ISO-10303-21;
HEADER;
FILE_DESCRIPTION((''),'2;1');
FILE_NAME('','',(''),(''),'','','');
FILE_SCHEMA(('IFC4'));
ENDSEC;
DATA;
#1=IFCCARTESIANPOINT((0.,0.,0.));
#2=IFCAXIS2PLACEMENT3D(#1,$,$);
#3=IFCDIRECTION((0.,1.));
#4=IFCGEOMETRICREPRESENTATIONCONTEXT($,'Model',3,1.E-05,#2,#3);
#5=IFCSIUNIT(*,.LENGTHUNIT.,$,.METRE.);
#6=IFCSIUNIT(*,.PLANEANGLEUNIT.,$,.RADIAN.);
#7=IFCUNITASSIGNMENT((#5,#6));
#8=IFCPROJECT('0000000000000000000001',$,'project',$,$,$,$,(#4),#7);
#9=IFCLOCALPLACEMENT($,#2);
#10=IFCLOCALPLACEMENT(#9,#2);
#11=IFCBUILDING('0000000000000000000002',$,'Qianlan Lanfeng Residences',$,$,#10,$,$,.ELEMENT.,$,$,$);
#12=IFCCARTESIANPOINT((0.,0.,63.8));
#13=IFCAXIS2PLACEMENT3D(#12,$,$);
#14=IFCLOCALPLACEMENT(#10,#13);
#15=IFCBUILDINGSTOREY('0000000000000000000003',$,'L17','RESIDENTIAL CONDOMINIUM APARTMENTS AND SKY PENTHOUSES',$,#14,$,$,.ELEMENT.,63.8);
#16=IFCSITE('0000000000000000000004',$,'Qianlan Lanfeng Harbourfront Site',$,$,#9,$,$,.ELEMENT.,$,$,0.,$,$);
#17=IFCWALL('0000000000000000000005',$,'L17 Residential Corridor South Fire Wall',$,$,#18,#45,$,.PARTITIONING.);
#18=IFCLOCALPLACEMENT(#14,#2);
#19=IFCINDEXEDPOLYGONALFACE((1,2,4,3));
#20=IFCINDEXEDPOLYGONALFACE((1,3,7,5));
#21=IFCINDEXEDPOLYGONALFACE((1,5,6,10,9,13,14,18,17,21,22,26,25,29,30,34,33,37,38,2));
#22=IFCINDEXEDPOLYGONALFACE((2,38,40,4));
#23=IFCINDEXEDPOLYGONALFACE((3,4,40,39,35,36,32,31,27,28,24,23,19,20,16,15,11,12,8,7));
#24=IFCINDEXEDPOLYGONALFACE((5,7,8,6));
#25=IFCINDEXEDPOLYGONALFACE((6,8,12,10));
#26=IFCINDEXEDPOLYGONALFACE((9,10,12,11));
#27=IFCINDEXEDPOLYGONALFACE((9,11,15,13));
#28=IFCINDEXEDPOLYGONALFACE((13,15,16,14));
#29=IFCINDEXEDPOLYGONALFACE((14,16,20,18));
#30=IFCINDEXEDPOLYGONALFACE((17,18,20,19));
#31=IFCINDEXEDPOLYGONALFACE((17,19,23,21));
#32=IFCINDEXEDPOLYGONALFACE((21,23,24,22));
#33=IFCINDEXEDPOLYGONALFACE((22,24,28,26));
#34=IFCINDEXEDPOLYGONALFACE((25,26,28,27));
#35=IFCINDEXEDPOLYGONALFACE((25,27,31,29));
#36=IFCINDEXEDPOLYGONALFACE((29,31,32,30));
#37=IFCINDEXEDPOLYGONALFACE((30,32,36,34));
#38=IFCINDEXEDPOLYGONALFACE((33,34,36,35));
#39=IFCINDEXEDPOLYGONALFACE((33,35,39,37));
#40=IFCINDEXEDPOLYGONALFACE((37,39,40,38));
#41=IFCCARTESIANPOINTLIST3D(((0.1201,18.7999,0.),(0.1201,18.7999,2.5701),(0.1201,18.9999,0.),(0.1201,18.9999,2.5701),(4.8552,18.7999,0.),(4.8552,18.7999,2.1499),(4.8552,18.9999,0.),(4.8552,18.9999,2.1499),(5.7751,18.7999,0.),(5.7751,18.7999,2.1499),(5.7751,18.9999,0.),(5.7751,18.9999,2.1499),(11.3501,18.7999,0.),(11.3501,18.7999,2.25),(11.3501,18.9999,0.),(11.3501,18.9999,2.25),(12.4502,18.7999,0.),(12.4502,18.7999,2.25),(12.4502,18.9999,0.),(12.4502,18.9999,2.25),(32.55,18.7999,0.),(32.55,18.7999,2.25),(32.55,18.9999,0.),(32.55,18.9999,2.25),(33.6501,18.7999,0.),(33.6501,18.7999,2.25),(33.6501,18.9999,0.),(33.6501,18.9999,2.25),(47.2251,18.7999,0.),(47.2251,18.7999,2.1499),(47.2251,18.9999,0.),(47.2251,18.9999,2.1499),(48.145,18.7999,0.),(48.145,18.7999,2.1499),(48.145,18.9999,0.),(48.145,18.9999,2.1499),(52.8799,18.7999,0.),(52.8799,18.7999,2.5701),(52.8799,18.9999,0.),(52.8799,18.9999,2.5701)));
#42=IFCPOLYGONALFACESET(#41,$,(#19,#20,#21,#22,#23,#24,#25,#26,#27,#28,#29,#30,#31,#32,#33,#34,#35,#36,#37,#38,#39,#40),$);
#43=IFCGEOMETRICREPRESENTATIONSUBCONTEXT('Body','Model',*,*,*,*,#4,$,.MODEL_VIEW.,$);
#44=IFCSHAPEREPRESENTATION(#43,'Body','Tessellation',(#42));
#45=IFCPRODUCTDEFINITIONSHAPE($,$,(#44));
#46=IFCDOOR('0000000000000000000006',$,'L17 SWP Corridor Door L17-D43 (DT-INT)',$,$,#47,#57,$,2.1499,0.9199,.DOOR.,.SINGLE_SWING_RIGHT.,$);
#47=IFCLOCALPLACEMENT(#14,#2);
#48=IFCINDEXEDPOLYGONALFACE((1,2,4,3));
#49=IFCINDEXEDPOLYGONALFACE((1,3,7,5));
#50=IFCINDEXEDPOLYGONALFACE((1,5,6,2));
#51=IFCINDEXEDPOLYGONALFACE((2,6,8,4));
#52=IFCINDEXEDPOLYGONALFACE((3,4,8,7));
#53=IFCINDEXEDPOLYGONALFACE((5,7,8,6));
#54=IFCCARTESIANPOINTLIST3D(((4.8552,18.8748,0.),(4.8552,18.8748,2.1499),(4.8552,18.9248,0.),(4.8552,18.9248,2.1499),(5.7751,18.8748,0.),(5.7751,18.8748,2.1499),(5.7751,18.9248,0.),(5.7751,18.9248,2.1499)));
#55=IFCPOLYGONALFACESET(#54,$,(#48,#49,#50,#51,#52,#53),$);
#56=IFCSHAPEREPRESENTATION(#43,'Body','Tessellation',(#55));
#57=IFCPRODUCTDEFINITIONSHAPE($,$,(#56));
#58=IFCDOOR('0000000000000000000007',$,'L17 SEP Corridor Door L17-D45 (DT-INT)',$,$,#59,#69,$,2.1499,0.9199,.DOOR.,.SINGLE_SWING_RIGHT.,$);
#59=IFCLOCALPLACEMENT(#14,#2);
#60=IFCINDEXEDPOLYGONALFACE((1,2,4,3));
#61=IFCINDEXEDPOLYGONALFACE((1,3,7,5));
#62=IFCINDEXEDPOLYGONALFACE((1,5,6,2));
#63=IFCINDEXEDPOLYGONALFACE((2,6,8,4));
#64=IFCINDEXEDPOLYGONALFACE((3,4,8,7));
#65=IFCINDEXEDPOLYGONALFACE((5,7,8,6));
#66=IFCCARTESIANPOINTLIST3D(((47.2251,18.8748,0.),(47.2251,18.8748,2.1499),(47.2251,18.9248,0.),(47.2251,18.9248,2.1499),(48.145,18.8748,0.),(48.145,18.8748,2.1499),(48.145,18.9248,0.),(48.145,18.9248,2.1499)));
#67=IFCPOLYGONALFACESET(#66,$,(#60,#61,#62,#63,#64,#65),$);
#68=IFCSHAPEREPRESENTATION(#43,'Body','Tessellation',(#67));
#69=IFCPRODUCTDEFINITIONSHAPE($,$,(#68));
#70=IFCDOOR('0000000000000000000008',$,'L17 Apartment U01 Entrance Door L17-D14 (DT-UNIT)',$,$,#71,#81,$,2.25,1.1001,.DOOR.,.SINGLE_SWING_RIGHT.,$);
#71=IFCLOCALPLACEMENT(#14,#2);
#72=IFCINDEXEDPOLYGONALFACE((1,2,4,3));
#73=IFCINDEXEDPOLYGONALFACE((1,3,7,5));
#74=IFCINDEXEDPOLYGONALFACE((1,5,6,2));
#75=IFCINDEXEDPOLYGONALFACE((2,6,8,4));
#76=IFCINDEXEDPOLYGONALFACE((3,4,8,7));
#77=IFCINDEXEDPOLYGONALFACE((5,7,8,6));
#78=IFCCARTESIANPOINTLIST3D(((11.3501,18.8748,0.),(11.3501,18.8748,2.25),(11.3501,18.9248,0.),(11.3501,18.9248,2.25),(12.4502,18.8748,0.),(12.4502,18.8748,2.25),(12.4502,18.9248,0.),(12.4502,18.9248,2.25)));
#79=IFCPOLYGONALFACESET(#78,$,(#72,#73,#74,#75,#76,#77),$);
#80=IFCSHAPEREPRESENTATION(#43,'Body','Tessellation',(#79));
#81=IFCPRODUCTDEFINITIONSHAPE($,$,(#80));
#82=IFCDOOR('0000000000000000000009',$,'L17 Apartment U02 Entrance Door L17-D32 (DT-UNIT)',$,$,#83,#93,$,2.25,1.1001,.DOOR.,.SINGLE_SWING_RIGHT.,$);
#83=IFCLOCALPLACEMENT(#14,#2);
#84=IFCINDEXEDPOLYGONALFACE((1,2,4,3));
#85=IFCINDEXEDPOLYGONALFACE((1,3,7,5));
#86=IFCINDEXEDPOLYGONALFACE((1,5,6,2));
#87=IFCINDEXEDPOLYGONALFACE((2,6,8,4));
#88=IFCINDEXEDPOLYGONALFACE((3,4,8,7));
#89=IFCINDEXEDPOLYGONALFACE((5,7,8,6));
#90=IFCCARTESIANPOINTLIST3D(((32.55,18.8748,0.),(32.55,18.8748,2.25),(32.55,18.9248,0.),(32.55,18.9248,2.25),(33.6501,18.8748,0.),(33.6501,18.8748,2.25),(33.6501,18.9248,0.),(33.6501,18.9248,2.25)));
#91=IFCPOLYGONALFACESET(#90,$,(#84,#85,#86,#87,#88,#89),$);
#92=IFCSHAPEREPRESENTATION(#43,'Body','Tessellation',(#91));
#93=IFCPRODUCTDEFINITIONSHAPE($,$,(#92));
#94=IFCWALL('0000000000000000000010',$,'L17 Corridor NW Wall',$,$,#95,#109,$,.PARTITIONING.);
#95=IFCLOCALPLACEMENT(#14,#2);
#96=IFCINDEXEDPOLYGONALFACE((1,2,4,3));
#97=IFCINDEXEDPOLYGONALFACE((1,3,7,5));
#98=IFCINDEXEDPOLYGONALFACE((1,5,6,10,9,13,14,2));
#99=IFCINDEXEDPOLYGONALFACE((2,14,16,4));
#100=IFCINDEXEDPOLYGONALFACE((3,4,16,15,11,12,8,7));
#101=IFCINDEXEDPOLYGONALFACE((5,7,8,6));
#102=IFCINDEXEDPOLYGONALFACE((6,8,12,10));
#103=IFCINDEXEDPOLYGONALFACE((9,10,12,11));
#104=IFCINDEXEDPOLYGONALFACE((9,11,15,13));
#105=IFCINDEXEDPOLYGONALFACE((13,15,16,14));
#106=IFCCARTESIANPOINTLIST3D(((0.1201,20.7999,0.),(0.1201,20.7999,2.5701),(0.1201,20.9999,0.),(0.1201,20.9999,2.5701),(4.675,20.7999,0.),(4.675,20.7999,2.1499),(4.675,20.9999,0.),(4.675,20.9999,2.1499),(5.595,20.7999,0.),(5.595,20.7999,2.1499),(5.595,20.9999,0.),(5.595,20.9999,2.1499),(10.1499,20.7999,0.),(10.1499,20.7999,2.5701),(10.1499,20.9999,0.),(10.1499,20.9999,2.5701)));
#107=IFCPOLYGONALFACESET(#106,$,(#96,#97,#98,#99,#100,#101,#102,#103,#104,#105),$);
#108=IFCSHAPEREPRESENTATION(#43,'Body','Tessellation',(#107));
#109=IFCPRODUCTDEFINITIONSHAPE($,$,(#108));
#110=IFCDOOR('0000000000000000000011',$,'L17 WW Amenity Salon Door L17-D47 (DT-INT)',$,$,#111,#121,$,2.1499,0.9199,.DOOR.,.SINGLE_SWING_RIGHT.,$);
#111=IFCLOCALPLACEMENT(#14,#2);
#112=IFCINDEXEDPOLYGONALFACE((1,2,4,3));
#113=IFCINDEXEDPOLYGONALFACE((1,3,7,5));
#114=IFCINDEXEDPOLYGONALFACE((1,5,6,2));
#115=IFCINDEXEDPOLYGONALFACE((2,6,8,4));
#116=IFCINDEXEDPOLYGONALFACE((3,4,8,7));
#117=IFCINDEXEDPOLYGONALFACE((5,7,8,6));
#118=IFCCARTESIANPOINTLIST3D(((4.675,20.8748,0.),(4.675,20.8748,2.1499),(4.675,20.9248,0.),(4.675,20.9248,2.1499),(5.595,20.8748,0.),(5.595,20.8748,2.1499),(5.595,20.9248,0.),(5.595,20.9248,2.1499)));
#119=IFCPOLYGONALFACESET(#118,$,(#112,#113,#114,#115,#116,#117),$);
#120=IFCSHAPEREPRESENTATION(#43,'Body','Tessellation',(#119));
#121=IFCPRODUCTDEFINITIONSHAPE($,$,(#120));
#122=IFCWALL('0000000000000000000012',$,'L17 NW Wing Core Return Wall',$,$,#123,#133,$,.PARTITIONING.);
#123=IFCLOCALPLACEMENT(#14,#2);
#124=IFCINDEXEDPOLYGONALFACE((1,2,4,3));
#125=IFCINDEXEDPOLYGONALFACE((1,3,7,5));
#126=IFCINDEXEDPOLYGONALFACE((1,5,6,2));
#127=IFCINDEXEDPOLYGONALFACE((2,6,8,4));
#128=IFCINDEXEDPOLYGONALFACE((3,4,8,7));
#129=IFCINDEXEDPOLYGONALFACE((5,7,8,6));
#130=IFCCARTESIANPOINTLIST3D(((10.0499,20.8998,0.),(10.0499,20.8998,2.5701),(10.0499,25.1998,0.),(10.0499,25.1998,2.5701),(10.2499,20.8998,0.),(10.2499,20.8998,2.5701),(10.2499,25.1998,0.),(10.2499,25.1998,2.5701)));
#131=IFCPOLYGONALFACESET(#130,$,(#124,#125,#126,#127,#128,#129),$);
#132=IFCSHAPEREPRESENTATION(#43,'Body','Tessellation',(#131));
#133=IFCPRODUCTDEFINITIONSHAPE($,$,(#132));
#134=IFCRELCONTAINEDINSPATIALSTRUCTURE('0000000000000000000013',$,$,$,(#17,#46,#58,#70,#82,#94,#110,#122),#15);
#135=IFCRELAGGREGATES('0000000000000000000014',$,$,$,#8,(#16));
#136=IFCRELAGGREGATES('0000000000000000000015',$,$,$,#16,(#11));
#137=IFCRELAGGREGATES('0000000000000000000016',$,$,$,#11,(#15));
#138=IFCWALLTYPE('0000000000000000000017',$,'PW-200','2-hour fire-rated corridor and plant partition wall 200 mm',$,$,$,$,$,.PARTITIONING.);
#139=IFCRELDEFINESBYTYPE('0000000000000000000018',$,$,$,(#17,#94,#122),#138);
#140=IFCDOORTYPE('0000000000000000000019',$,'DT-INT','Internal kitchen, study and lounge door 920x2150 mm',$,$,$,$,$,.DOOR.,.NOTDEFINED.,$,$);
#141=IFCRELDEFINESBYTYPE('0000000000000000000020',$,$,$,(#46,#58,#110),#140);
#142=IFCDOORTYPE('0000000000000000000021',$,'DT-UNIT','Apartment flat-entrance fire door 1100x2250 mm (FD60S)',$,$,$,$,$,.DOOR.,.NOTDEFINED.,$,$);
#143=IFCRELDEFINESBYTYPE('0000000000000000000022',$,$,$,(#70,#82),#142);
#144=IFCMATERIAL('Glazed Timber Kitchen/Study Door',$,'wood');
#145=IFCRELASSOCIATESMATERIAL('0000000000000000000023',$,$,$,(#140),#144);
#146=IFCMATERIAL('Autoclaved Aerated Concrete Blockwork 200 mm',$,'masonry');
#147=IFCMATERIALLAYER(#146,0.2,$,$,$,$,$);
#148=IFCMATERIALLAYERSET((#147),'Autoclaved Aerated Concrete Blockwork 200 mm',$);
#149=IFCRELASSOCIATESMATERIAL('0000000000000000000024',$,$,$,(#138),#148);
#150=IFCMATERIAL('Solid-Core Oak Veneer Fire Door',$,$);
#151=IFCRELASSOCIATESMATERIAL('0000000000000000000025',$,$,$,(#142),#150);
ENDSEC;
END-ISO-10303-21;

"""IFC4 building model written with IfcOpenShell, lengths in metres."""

from ifc_helpers import new_model, si_unit, direction, frame, frame_2d, origin, place, context, subcontext, project, spatial, rectangle, extrude, material, layer, layer_set, type_object, element, fill, save


model = new_model("IFC4")

# Units and contexts
model_context = context("Model", 3, precision=1e-05, world=origin(), true_north=direction((0.0, 1.0)))
body_context = subcontext(model_context, "Body", "Model", "MODEL_VIEW")
ifc_project = project(units=[si_unit("LENGTHUNIT", "METRE"), si_unit("PLANEANGLEUNIT", "RADIAN")], contexts=[model_context])

# Site, building, storey
site_placement = place(None, origin())
site = spatial("IfcSite", under=ifc_project, at=site_placement, Name="Qianlan Lanfeng Harbourfront Site", CompositionType="ELEMENT", RefElevation=0.0)
building_placement = place(site_placement, origin())
building = spatial("IfcBuilding", under=site, at=building_placement, Name="Qianlan Lanfeng Residences", CompositionType="ELEMENT")
storey_placement = place(building_placement, frame((0.0, 0.0, 63.8)))
storey = spatial("IfcBuildingStorey", under=building, at=storey_placement, Name="L17", Description="RESIDENTIAL CONDOMINIUM APARTMENTS AND SKY PENTHOUSES", CompositionType="ELEMENT", Elevation=63.8)

# Shared definitions
ifc_material_1 = material(Name="Glazed Timber Kitchen/Study Door", Category="wood")
door_type_1 = type_object("IfcDoorType", Name="DT-INT", Description="Internal kitchen, study and lounge door 920x2150 mm", OperationType="NOTDEFINED", PredefinedType="DOOR", material=ifc_material_1)

# Wall, openings, doors
ifc_material_2 = material(Name="Autoclaved Aerated Concrete Blockwork 200 mm", Category="masonry")
ifc_layer_1 = layer(ifc_material_2, 0.2)
ifc_layer_set_1 = layer_set([ifc_layer_1], Name="Autoclaved Aerated Concrete Blockwork 200 mm")
wall_type_1 = type_object("IfcWallType", Name="PW-200", Description="2-hour fire-rated corridor and plant partition wall 200 mm", PredefinedType="PARTITIONING", material=ifc_layer_set_1)
wall_1_placement = place(storey_placement, frame((0.1201, 18.8999, 0.0), z_axis=(0.0, 0.0, 1.0), x_axis=(1.0, 0.0, 0.0)))
wall_1 = element("IfcWall", 1, at=wall_1_placement, inside=storey, type_object=wall_type_1, Name="L17 Residential Corridor South Fire Wall", PredefinedType="PARTITIONING", context=body_context, shape_type="SweptSolid", body=[
    extrude(rectangle(XDim=52.7598, YDim=0.2, at=frame_2d((26.3799, 0.0))), origin(), (0.0, 0.0, 1.0), 2.5701),
])
opening_1_placement = place(wall_1_placement, frame((11.23, 0.0, 0.0)))
opening_1 = element("IfcOpeningElement", 2, at=opening_1_placement, cuts=wall_1, PredefinedType="OPENING", context=body_context, shape_type="SweptSolid", body=[
    extrude(rectangle(XDim=1.1001, YDim=2.25, at=frame_2d((0.55, 1.125))), frame((0.0, 0.1099, 0.0), z_axis=(0.0, -1.0, 0.0), x_axis=(1.0, 0.0, 0.0)), (0.0, 0.0, 1.0), 0.22),
])
opening_2_placement = place(wall_1_placement, frame((32.4299, 0.0, 0.0)))
opening_2 = element("IfcOpeningElement", 3, at=opening_2_placement, cuts=wall_1, PredefinedType="OPENING", context=body_context, shape_type="SweptSolid", body=[
    extrude(rectangle(XDim=1.1001, YDim=2.25, at=frame_2d((0.55, 1.125))), frame((0.0, 0.1099, 0.0), z_axis=(0.0, -1.0, 0.0), x_axis=(1.0, 0.0, 0.0)), (0.0, 0.0, 1.0), 0.22),
])
opening_3_placement = place(wall_1_placement, frame((4.7351, 0.0, 0.0)))
opening_3 = element("IfcOpeningElement", 4, at=opening_3_placement, cuts=wall_1, PredefinedType="OPENING", context=body_context, shape_type="SweptSolid", body=[
    extrude(rectangle(XDim=0.9199, YDim=2.1499, at=frame_2d((0.46, 1.075))), frame((0.0, 0.1099, 0.0), z_axis=(0.0, -1.0, 0.0), x_axis=(1.0, 0.0, 0.0)), (0.0, 0.0, 1.0), 0.22),
])
opening_4_placement = place(wall_1_placement, frame((47.105, 0.0, 0.0)))
opening_4 = element("IfcOpeningElement", 5, at=opening_4_placement, cuts=wall_1, PredefinedType="OPENING", context=body_context, shape_type="SweptSolid", body=[
    extrude(rectangle(XDim=0.9199, YDim=2.1499, at=frame_2d((0.46, 1.075))), frame((0.0, 0.1099, 0.0), z_axis=(0.0, -1.0, 0.0), x_axis=(1.0, 0.0, 0.0)), (0.0, 0.0, 1.0), 0.22),
])
door_1_placement = place(opening_3_placement, origin())
door_1 = element("IfcDoor", 6, at=door_1_placement, inside=storey, type_object=door_type_1, Name="L17 SWP Corridor Door L17-D43 (DT-INT)", OperationType="SINGLE_SWING_RIGHT", OverallHeight=2.1499, OverallWidth=0.9199, PredefinedType="DOOR", context=body_context, shape_type="SweptSolid", body=[
    extrude(rectangle(XDim=0.9199, YDim=2.1499, at=frame_2d((0.46, 1.075))), frame((0.0, 0.0249, 0.0), z_axis=(0.0, -1.0, 0.0), x_axis=(1.0, 0.0, 0.0)), (0.0, 0.0, 1.0), 0.05),
])
fill(opening_3, door_1)
door_2_placement = place(opening_4_placement, origin())
door_2 = element("IfcDoor", 7, at=door_2_placement, inside=storey, type_object=door_type_1, Name="L17 SEP Corridor Door L17-D45 (DT-INT)", OperationType="SINGLE_SWING_RIGHT", OverallHeight=2.1499, OverallWidth=0.9199, PredefinedType="DOOR", context=body_context, shape_type="SweptSolid", body=[
    extrude(rectangle(XDim=0.9199, YDim=2.1499, at=frame_2d((0.46, 1.075))), frame((0.0, 0.0249, 0.0), z_axis=(0.0, -1.0, 0.0), x_axis=(1.0, 0.0, 0.0)), (0.0, 0.0, 1.0), 0.05),
])
fill(opening_4, door_2)
ifc_material_3 = material(Name="Solid-Core Oak Veneer Fire Door")
door_type_2 = type_object("IfcDoorType", Name="DT-UNIT", Description="Apartment flat-entrance fire door 1100x2250 mm (FD60S)", OperationType="NOTDEFINED", PredefinedType="DOOR", material=ifc_material_3)
door_3_placement = place(opening_1_placement, origin())
door_3 = element("IfcDoor", 8, at=door_3_placement, inside=storey, type_object=door_type_2, Name="L17 Apartment U01 Entrance Door L17-D14 (DT-UNIT)", OperationType="SINGLE_SWING_RIGHT", OverallHeight=2.25, OverallWidth=1.1001, PredefinedType="DOOR", context=body_context, shape_type="SweptSolid", body=[
    extrude(rectangle(XDim=1.1001, YDim=2.25, at=frame_2d((0.55, 1.125))), frame((0.0, 0.0249, 0.0), z_axis=(0.0, -1.0, 0.0), x_axis=(1.0, 0.0, 0.0)), (0.0, 0.0, 1.0), 0.05),
])
fill(opening_1, door_3)
door_4_placement = place(opening_2_placement, origin())
door_4 = element("IfcDoor", 9, at=door_4_placement, inside=storey, type_object=door_type_2, Name="L17 Apartment U02 Entrance Door L17-D32 (DT-UNIT)", OperationType="SINGLE_SWING_RIGHT", OverallHeight=2.25, OverallWidth=1.1001, PredefinedType="DOOR", context=body_context, shape_type="SweptSolid", body=[
    extrude(rectangle(XDim=1.1001, YDim=2.25, at=frame_2d((0.55, 1.125))), frame((0.0, 0.0249, 0.0), z_axis=(0.0, -1.0, 0.0), x_axis=(1.0, 0.0, 0.0)), (0.0, 0.0, 1.0), 0.05),
])
fill(opening_2, door_4)

# Wall, opening, door
wall_2_placement = place(storey_placement, frame((0.1201, 20.8999, 0.0), z_axis=(0.0, 0.0, 1.0), x_axis=(1.0, 0.0, 0.0)))
wall_2 = element("IfcWall", 10, at=wall_2_placement, inside=storey, type_object=wall_type_1, Name="L17 Corridor NW Wall", PredefinedType="PARTITIONING", context=body_context, shape_type="SweptSolid", body=[
    extrude(rectangle(XDim=10.0298, YDim=0.2, at=frame_2d((5.0149, 0.0))), origin(), (0.0, 0.0, 1.0), 2.5701),
])
opening_5_placement = place(wall_2_placement, frame((4.5549, 0.0, 0.0)))
opening_5 = element("IfcOpeningElement", 11, at=opening_5_placement, cuts=wall_2, PredefinedType="OPENING", context=body_context, shape_type="SweptSolid", body=[
    extrude(rectangle(XDim=0.9199, YDim=2.1499, at=frame_2d((0.46, 1.075))), frame((0.0, 0.1099, 0.0), z_axis=(0.0, -1.0, 0.0), x_axis=(1.0, 0.0, 0.0)), (0.0, 0.0, 1.0), 0.22),
])
door_5_placement = place(opening_5_placement, origin())
door_5 = element("IfcDoor", 12, at=door_5_placement, inside=storey, type_object=door_type_1, Name="L17 WW Amenity Salon Door L17-D47 (DT-INT)", OperationType="SINGLE_SWING_RIGHT", OverallHeight=2.1499, OverallWidth=0.9199, PredefinedType="DOOR", context=body_context, shape_type="SweptSolid", body=[
    extrude(rectangle(XDim=0.9199, YDim=2.1499, at=frame_2d((0.46, 1.075))), frame((0.0, 0.0249, 0.0), z_axis=(0.0, -1.0, 0.0), x_axis=(1.0, 0.0, 0.0)), (0.0, 0.0, 1.0), 0.05),
])
fill(opening_5, door_5)

# Wall
wall_3_placement = place(storey_placement, frame((10.1499, 20.8999, 0.0), z_axis=(0.0, 0.0, 1.0), x_axis=(0.0, 1.0, 0.0)))
element("IfcWall", 13, at=wall_3_placement, inside=storey, type_object=wall_type_1, Name="L17 NW Wing Core Return Wall", PredefinedType="PARTITIONING", context=body_context, shape_type="SweptSolid", body=[
    extrude(rectangle(XDim=4.3, YDim=0.2, at=frame_2d((2.1499, 0.0))), origin(), (0.0, 0.0, 1.0), 2.5701),
])

save(model, "model.ifc")
